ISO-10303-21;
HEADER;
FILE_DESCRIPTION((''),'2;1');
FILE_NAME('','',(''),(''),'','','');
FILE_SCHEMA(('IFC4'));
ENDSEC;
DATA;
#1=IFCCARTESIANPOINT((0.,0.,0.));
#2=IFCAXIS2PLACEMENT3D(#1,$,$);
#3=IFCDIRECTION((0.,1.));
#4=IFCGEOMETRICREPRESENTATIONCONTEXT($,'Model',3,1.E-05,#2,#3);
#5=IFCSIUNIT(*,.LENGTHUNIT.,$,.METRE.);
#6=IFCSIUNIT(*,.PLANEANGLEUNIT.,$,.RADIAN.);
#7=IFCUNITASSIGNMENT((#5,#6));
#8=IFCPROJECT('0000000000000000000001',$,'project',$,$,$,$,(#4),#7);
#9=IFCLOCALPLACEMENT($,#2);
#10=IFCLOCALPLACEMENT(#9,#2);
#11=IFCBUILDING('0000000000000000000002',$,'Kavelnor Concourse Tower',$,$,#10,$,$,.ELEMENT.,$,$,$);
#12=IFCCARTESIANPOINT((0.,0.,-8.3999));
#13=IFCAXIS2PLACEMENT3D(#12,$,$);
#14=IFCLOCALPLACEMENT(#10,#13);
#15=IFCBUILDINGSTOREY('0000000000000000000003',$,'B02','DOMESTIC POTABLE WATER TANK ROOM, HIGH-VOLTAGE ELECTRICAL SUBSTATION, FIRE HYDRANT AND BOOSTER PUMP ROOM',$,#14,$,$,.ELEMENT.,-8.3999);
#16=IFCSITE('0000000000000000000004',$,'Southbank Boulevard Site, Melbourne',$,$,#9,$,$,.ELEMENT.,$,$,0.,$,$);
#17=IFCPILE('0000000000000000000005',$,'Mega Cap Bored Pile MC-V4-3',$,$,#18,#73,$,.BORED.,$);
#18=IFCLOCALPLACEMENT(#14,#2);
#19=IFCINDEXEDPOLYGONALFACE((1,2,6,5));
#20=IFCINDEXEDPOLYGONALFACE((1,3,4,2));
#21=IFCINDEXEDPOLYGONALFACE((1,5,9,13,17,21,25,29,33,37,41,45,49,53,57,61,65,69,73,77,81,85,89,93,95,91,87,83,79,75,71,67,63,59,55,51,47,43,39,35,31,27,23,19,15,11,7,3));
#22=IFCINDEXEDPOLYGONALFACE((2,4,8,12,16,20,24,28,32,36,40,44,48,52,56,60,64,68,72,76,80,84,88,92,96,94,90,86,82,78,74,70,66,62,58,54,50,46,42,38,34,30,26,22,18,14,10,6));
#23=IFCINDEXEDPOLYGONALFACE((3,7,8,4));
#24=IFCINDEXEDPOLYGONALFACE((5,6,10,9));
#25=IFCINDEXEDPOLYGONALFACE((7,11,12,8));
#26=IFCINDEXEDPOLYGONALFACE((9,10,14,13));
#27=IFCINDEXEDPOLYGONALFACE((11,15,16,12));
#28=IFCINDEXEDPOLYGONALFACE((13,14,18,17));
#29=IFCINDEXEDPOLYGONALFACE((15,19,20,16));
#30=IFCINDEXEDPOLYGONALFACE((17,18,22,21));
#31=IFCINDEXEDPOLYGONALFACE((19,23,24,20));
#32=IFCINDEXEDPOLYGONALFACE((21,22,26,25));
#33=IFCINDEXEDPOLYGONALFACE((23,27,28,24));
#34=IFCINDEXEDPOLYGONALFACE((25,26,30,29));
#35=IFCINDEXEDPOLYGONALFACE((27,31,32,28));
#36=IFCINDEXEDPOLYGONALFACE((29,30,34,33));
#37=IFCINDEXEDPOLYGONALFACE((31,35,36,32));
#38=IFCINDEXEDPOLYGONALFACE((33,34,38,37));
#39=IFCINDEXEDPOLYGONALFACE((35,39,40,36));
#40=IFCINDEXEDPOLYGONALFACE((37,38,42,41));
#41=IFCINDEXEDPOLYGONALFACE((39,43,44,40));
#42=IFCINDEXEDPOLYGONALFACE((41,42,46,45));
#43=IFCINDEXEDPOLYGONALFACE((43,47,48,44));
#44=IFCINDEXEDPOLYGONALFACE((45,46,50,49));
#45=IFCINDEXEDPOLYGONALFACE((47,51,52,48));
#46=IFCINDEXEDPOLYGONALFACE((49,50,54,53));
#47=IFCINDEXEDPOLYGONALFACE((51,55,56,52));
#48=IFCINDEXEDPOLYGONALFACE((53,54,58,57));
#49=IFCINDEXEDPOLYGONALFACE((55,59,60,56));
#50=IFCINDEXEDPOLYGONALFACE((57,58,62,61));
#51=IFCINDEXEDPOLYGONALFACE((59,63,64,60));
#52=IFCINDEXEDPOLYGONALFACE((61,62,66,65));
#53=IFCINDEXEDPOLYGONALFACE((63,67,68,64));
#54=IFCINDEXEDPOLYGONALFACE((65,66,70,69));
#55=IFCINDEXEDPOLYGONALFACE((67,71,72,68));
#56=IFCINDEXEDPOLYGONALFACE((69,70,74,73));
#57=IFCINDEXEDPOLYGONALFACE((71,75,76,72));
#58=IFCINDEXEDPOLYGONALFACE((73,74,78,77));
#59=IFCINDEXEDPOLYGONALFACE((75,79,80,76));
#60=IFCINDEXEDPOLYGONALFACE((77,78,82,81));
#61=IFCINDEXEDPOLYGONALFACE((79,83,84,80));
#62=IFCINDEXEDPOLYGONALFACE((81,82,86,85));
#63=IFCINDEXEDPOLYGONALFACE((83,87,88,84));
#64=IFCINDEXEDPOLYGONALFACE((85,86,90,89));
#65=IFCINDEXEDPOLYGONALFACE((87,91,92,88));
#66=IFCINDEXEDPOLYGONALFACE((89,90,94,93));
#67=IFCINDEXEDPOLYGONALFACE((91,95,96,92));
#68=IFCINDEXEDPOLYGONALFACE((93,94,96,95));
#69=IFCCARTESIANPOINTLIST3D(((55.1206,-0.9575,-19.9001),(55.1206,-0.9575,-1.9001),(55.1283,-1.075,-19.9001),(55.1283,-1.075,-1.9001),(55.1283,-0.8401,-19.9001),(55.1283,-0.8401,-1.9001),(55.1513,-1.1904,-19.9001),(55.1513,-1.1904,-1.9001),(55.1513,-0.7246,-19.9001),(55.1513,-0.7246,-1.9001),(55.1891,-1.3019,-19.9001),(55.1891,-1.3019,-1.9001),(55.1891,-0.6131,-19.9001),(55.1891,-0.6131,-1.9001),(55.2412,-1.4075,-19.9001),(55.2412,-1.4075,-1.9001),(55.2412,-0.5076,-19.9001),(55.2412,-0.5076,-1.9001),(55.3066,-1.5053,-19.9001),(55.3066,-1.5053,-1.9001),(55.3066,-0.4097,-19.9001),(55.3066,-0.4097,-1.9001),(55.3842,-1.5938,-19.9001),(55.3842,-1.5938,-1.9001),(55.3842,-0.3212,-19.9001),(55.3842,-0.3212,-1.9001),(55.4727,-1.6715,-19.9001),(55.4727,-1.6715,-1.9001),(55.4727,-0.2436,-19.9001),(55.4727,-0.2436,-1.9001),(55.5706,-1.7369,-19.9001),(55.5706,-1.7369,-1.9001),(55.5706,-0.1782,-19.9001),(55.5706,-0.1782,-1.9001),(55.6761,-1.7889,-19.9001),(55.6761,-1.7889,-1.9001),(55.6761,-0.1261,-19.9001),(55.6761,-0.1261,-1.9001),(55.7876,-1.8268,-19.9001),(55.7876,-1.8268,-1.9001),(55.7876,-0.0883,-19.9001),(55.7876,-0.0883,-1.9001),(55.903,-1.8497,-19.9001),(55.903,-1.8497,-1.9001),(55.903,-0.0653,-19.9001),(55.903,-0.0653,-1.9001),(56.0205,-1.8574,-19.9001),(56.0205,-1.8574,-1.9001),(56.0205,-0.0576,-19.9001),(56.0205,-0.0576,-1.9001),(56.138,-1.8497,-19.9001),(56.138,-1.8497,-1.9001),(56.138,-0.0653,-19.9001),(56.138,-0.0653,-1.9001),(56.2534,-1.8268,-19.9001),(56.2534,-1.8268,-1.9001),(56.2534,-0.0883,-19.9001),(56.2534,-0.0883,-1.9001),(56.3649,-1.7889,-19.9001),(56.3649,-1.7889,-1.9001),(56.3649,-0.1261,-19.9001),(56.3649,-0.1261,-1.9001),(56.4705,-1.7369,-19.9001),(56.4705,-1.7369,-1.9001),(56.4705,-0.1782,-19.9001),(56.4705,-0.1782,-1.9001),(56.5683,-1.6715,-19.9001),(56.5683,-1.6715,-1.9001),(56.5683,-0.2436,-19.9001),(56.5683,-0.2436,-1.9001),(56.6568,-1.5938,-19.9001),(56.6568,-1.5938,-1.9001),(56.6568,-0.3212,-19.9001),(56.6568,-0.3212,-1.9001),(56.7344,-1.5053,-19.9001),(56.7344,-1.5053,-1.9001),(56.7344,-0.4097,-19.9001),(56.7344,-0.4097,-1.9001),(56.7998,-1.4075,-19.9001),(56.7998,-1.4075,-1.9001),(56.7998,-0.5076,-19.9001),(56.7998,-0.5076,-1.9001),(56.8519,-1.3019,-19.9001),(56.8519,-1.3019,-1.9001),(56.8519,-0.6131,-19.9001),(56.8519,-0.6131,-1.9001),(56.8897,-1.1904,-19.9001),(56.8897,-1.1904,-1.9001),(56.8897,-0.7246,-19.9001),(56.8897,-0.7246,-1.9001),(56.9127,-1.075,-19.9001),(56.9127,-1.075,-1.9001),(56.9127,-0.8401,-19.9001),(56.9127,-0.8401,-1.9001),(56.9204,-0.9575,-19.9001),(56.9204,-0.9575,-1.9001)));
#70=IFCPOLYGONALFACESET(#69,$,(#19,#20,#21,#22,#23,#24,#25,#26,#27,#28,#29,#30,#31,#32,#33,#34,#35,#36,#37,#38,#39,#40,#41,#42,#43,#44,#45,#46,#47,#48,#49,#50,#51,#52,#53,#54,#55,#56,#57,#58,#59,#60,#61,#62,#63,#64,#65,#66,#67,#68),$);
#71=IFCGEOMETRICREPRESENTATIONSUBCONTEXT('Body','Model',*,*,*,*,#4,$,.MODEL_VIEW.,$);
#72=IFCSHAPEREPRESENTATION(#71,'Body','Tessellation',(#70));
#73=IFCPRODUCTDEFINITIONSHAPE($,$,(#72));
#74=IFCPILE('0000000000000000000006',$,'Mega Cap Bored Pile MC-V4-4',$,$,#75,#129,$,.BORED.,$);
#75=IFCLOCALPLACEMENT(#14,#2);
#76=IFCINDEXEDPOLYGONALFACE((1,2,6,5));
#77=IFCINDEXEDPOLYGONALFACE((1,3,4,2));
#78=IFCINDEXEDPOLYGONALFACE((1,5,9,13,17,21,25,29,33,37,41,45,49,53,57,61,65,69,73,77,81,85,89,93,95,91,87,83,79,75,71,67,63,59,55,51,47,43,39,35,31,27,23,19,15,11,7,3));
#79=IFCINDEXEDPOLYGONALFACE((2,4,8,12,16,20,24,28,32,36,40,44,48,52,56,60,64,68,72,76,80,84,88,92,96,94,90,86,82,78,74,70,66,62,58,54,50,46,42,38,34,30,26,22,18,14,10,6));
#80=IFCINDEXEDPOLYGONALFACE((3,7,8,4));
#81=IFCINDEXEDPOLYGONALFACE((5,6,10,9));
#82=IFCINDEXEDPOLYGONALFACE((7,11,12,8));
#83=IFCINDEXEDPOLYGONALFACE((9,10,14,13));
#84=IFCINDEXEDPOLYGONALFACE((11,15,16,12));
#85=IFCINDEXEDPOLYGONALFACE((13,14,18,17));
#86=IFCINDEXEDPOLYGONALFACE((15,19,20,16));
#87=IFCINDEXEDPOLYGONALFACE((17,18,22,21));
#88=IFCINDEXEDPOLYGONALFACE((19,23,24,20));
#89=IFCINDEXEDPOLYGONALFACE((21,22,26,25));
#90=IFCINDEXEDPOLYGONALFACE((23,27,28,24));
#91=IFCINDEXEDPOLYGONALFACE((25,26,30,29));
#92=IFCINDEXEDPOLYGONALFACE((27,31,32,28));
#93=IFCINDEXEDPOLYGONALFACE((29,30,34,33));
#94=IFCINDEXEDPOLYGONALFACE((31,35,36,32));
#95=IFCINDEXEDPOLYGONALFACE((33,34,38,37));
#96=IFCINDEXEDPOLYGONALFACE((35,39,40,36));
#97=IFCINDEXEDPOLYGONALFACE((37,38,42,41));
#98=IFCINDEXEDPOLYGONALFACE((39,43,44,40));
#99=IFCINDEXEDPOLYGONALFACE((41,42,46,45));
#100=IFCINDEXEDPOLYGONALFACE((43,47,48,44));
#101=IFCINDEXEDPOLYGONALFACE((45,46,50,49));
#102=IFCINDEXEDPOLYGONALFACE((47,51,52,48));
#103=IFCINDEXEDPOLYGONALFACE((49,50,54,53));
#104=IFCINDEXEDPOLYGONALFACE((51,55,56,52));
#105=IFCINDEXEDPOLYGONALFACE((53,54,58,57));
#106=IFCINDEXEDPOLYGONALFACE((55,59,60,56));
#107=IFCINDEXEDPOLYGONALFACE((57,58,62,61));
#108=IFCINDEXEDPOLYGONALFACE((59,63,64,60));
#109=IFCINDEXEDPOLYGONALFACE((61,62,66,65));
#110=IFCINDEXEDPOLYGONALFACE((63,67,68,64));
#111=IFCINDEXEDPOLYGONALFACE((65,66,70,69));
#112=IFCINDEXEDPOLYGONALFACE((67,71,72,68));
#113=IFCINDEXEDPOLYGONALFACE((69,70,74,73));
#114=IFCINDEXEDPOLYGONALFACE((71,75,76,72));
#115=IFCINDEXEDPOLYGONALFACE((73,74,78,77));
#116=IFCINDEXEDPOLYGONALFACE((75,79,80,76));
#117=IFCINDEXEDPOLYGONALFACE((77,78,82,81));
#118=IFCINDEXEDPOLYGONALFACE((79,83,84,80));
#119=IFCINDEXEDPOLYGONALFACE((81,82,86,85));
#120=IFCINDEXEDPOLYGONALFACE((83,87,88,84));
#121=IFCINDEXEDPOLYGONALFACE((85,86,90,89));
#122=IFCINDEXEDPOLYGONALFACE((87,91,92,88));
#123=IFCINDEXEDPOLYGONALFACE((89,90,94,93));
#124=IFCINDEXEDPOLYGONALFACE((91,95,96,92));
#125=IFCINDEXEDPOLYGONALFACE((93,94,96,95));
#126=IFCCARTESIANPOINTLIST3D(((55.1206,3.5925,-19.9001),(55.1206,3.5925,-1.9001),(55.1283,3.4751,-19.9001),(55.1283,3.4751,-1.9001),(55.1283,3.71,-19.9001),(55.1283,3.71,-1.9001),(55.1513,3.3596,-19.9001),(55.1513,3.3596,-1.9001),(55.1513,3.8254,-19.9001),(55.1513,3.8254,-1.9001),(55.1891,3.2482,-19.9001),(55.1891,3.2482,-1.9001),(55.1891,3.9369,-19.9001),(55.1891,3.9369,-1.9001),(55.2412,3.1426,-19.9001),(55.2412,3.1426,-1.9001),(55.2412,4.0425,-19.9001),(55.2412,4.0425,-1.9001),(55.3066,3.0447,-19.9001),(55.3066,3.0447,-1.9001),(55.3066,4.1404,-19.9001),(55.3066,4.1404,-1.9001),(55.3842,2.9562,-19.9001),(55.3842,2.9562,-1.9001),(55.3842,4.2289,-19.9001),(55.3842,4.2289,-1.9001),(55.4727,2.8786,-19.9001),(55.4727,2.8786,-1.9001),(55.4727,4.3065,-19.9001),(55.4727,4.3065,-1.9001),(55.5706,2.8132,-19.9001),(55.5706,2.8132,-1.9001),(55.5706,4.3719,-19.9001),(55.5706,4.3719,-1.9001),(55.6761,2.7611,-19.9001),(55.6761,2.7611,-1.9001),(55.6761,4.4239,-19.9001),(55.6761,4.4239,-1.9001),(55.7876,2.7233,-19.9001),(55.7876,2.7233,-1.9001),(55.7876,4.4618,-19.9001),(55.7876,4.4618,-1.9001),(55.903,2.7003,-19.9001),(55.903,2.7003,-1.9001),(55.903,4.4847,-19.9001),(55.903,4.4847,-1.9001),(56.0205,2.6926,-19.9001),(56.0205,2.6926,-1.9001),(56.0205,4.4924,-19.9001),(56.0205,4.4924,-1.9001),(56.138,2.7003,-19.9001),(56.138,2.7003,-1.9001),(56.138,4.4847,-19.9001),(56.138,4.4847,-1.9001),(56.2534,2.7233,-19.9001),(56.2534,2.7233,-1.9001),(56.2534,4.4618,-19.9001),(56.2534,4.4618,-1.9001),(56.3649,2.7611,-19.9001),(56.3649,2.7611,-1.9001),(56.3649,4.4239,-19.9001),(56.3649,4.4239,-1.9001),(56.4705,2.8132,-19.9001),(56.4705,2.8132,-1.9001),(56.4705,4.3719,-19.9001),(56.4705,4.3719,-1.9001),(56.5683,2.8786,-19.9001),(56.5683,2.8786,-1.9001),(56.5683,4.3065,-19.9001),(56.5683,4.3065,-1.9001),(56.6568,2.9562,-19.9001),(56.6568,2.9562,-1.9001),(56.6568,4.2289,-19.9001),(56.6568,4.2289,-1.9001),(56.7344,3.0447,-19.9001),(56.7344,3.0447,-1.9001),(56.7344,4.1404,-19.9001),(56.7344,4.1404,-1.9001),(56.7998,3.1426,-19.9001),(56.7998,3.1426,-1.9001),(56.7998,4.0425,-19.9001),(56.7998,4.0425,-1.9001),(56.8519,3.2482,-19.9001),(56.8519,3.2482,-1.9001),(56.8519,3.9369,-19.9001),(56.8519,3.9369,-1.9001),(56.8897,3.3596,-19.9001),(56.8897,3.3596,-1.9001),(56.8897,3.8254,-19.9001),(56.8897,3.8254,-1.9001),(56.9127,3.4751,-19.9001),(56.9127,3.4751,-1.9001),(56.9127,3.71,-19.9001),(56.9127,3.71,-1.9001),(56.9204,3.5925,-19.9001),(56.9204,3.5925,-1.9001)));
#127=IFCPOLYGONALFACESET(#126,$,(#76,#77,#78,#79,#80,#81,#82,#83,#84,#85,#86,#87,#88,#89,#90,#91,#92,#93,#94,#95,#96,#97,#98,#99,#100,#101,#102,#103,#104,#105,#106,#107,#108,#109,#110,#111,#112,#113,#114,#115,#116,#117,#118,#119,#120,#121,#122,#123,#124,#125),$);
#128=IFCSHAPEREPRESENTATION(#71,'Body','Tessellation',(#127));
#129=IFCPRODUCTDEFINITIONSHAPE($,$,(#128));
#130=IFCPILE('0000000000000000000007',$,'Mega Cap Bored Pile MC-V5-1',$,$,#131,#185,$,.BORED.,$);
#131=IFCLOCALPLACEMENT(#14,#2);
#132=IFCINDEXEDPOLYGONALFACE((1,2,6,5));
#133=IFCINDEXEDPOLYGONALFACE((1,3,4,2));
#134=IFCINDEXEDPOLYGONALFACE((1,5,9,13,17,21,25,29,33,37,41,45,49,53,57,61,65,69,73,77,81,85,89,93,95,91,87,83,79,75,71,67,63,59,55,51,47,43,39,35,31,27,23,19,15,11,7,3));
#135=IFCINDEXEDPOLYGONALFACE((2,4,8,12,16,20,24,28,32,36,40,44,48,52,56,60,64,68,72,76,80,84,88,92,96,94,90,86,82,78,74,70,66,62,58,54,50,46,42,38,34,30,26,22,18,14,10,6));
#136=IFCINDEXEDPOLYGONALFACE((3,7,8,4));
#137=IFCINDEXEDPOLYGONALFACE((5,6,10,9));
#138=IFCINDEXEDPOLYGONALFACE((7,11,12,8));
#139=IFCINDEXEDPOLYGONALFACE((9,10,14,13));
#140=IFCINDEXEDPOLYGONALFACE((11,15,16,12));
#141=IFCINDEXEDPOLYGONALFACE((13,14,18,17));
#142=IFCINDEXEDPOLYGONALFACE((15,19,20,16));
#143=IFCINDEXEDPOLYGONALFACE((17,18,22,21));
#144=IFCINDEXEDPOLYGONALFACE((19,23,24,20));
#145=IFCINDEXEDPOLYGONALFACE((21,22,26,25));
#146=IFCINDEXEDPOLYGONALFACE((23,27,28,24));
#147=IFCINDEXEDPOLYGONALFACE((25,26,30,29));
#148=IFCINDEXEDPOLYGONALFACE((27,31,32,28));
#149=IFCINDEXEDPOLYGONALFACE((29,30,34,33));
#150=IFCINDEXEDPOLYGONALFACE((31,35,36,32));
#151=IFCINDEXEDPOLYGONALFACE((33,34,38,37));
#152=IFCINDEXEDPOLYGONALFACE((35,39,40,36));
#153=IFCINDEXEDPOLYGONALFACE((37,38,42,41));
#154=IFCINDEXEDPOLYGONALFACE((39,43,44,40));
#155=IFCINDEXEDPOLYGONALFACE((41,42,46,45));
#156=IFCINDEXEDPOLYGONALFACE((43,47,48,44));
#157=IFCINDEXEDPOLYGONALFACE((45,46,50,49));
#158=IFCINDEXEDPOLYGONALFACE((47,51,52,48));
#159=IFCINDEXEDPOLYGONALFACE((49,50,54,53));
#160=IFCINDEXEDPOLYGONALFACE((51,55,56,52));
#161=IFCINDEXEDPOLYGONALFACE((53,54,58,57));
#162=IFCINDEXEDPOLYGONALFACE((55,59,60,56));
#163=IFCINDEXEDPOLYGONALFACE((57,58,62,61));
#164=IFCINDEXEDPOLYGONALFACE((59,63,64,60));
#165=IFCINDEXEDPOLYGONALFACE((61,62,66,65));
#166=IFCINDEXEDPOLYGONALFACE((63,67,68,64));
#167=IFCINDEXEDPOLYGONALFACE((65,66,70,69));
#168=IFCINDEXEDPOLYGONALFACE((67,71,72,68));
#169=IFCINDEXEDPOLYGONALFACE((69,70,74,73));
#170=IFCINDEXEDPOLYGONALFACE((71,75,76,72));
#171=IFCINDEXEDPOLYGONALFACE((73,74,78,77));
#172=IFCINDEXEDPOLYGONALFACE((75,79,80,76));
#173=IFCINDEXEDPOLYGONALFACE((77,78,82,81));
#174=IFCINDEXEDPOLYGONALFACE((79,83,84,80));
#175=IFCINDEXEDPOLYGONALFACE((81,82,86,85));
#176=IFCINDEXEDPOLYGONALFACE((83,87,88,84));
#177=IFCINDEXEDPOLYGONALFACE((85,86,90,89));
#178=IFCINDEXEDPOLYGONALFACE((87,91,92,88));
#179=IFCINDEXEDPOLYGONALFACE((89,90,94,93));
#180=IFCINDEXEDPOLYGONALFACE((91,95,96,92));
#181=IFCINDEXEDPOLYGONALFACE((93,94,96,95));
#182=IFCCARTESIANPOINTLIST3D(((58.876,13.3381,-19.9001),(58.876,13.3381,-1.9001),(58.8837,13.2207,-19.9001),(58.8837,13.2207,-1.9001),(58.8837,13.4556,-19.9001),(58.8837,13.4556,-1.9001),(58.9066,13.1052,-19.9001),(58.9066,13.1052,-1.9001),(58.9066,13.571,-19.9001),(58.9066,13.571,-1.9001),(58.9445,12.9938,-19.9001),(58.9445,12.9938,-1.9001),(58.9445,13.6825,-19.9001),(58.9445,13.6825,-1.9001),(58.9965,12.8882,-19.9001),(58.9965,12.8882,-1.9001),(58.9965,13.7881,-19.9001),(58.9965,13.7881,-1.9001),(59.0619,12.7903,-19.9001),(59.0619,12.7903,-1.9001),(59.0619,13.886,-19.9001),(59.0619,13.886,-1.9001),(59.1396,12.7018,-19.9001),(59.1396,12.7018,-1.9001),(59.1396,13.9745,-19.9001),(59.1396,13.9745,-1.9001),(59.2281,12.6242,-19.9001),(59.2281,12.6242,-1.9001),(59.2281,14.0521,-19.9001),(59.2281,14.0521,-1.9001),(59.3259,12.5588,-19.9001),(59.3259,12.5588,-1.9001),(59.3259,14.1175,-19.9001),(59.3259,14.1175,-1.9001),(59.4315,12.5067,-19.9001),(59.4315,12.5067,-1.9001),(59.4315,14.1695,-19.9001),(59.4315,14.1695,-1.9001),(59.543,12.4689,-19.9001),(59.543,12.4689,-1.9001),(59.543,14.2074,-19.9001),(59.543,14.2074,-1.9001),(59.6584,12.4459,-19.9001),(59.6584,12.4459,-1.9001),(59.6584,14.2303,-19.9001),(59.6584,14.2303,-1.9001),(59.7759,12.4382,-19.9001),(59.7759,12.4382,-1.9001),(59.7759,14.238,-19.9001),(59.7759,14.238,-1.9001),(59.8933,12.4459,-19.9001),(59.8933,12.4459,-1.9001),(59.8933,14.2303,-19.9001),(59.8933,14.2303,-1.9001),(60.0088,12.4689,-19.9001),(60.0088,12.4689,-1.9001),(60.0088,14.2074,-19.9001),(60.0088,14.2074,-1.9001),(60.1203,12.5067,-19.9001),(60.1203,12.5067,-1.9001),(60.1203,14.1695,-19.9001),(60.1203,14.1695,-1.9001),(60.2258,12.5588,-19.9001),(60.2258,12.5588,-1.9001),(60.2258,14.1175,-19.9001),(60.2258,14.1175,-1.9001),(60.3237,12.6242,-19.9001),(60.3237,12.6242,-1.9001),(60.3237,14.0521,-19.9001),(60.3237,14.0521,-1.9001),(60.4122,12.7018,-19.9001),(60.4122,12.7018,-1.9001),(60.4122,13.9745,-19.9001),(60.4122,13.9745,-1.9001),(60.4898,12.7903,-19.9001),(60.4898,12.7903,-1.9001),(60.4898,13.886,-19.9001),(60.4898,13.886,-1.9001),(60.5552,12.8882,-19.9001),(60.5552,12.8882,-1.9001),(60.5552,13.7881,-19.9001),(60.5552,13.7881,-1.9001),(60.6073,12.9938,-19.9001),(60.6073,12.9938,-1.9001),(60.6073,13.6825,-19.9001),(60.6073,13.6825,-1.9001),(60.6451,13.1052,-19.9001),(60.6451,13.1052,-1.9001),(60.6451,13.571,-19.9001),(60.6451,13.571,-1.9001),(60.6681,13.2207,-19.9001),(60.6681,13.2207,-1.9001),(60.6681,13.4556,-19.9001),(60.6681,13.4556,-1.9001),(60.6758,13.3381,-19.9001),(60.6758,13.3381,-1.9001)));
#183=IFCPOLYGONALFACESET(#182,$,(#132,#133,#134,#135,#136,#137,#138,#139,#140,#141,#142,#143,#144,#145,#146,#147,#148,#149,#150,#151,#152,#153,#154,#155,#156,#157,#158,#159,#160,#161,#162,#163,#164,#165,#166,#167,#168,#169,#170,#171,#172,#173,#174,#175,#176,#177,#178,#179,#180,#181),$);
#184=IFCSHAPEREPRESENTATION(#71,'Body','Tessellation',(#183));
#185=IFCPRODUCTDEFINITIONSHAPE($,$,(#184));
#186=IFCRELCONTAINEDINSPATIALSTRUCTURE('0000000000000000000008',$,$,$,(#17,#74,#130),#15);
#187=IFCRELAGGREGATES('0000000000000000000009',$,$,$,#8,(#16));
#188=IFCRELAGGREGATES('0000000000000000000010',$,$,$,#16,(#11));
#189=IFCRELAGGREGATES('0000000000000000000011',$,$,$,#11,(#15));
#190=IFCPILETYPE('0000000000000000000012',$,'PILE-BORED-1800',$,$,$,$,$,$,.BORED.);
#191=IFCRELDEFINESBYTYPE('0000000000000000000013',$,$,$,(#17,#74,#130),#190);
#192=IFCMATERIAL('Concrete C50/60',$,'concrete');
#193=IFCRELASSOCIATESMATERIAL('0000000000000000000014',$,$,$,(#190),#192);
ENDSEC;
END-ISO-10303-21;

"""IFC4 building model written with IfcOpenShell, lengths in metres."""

from ifc_helpers import new_model, si_unit, direction, frame, origin, origin_2d, place, context, subcontext, project, spatial, circle, extrude, material, material_profile, profile_set, type_object, element, save


model = new_model("IFC4")

# Units and contexts
model_context = context("Model", 3, precision=1e-05, world=origin(), true_north=direction((0.0, 1.0)))
body_context = subcontext(model_context, "Body", "Model", "MODEL_VIEW")
ifc_project = project(units=[si_unit("LENGTHUNIT", "METRE"), si_unit("PLANEANGLEUNIT", "RADIAN")], contexts=[model_context])

# Site, building, storey
site_placement = place(None, origin())
site = spatial("IfcSite", under=ifc_project, at=site_placement, Name="Southbank Boulevard Site, Melbourne", CompositionType="ELEMENT", RefElevation=0.0)
building_placement = place(site_placement, origin())
building = spatial("IfcBuilding", under=site, at=building_placement, Name="Kavelnor Concourse Tower", CompositionType="ELEMENT")
storey_placement = place(building_placement, frame((0.0, 0.0, -8.3999)))
storey = spatial("IfcBuildingStorey", under=building, at=storey_placement, Name="B02", Description="DOMESTIC POTABLE WATER TANK ROOM, HIGH-VOLTAGE ELECTRICAL SUBSTATION, FIRE HYDRANT AND BOOSTER PUMP ROOM", CompositionType="ELEMENT", Elevation=-8.3999)

# Shared definitions
ifc_material_1 = material(Name="Concrete C50/60", Category="concrete")

# Piles
ifc_material_profile_1 = material_profile(ifc_material_1, circle(Radius=0.8999, at=origin_2d()), Name="PILE-D1800")
ifc_profile_set_1 = profile_set([ifc_material_profile_1], Name="Concrete C50/60")
pile_type_1 = type_object("IfcPileType", Name="PILE-BORED-1800", PredefinedType="BORED", material=ifc_profile_set_1)
for number, where, z_axis, x_axis, name in (
    (1, (56.0205, -0.9575, -1.9001), (0.0, 0.0, -1.0), (1.0, 0.0, 0.0), "Mega Cap Bored Pile MC-V4-3"),
    (2, (56.0205, 3.5925, -1.9001), (0.0, 0.0, -1.0), (1.0, 0.0, 0.0), "Mega Cap Bored Pile MC-V4-4"),
    (3, (59.7759, 13.3381, -1.9001), (0.0, 0.0, -1.0), (1.0, 0.0, 0.0), "Mega Cap Bored Pile MC-V5-1"),
):
    element("IfcPile", number, at=place(storey_placement, frame(where, z_axis=z_axis, x_axis=x_axis)), inside=storey, type_object=pile_type_1, Name=name, PredefinedType="BORED", context=body_context, shape_type="SweptSolid", body=[
        extrude(circle(Radius=0.8999, at=origin_2d()), origin(), (0.0, 0.0, 1.0), 18.0),
    ])

save(model, "model.ifc")
